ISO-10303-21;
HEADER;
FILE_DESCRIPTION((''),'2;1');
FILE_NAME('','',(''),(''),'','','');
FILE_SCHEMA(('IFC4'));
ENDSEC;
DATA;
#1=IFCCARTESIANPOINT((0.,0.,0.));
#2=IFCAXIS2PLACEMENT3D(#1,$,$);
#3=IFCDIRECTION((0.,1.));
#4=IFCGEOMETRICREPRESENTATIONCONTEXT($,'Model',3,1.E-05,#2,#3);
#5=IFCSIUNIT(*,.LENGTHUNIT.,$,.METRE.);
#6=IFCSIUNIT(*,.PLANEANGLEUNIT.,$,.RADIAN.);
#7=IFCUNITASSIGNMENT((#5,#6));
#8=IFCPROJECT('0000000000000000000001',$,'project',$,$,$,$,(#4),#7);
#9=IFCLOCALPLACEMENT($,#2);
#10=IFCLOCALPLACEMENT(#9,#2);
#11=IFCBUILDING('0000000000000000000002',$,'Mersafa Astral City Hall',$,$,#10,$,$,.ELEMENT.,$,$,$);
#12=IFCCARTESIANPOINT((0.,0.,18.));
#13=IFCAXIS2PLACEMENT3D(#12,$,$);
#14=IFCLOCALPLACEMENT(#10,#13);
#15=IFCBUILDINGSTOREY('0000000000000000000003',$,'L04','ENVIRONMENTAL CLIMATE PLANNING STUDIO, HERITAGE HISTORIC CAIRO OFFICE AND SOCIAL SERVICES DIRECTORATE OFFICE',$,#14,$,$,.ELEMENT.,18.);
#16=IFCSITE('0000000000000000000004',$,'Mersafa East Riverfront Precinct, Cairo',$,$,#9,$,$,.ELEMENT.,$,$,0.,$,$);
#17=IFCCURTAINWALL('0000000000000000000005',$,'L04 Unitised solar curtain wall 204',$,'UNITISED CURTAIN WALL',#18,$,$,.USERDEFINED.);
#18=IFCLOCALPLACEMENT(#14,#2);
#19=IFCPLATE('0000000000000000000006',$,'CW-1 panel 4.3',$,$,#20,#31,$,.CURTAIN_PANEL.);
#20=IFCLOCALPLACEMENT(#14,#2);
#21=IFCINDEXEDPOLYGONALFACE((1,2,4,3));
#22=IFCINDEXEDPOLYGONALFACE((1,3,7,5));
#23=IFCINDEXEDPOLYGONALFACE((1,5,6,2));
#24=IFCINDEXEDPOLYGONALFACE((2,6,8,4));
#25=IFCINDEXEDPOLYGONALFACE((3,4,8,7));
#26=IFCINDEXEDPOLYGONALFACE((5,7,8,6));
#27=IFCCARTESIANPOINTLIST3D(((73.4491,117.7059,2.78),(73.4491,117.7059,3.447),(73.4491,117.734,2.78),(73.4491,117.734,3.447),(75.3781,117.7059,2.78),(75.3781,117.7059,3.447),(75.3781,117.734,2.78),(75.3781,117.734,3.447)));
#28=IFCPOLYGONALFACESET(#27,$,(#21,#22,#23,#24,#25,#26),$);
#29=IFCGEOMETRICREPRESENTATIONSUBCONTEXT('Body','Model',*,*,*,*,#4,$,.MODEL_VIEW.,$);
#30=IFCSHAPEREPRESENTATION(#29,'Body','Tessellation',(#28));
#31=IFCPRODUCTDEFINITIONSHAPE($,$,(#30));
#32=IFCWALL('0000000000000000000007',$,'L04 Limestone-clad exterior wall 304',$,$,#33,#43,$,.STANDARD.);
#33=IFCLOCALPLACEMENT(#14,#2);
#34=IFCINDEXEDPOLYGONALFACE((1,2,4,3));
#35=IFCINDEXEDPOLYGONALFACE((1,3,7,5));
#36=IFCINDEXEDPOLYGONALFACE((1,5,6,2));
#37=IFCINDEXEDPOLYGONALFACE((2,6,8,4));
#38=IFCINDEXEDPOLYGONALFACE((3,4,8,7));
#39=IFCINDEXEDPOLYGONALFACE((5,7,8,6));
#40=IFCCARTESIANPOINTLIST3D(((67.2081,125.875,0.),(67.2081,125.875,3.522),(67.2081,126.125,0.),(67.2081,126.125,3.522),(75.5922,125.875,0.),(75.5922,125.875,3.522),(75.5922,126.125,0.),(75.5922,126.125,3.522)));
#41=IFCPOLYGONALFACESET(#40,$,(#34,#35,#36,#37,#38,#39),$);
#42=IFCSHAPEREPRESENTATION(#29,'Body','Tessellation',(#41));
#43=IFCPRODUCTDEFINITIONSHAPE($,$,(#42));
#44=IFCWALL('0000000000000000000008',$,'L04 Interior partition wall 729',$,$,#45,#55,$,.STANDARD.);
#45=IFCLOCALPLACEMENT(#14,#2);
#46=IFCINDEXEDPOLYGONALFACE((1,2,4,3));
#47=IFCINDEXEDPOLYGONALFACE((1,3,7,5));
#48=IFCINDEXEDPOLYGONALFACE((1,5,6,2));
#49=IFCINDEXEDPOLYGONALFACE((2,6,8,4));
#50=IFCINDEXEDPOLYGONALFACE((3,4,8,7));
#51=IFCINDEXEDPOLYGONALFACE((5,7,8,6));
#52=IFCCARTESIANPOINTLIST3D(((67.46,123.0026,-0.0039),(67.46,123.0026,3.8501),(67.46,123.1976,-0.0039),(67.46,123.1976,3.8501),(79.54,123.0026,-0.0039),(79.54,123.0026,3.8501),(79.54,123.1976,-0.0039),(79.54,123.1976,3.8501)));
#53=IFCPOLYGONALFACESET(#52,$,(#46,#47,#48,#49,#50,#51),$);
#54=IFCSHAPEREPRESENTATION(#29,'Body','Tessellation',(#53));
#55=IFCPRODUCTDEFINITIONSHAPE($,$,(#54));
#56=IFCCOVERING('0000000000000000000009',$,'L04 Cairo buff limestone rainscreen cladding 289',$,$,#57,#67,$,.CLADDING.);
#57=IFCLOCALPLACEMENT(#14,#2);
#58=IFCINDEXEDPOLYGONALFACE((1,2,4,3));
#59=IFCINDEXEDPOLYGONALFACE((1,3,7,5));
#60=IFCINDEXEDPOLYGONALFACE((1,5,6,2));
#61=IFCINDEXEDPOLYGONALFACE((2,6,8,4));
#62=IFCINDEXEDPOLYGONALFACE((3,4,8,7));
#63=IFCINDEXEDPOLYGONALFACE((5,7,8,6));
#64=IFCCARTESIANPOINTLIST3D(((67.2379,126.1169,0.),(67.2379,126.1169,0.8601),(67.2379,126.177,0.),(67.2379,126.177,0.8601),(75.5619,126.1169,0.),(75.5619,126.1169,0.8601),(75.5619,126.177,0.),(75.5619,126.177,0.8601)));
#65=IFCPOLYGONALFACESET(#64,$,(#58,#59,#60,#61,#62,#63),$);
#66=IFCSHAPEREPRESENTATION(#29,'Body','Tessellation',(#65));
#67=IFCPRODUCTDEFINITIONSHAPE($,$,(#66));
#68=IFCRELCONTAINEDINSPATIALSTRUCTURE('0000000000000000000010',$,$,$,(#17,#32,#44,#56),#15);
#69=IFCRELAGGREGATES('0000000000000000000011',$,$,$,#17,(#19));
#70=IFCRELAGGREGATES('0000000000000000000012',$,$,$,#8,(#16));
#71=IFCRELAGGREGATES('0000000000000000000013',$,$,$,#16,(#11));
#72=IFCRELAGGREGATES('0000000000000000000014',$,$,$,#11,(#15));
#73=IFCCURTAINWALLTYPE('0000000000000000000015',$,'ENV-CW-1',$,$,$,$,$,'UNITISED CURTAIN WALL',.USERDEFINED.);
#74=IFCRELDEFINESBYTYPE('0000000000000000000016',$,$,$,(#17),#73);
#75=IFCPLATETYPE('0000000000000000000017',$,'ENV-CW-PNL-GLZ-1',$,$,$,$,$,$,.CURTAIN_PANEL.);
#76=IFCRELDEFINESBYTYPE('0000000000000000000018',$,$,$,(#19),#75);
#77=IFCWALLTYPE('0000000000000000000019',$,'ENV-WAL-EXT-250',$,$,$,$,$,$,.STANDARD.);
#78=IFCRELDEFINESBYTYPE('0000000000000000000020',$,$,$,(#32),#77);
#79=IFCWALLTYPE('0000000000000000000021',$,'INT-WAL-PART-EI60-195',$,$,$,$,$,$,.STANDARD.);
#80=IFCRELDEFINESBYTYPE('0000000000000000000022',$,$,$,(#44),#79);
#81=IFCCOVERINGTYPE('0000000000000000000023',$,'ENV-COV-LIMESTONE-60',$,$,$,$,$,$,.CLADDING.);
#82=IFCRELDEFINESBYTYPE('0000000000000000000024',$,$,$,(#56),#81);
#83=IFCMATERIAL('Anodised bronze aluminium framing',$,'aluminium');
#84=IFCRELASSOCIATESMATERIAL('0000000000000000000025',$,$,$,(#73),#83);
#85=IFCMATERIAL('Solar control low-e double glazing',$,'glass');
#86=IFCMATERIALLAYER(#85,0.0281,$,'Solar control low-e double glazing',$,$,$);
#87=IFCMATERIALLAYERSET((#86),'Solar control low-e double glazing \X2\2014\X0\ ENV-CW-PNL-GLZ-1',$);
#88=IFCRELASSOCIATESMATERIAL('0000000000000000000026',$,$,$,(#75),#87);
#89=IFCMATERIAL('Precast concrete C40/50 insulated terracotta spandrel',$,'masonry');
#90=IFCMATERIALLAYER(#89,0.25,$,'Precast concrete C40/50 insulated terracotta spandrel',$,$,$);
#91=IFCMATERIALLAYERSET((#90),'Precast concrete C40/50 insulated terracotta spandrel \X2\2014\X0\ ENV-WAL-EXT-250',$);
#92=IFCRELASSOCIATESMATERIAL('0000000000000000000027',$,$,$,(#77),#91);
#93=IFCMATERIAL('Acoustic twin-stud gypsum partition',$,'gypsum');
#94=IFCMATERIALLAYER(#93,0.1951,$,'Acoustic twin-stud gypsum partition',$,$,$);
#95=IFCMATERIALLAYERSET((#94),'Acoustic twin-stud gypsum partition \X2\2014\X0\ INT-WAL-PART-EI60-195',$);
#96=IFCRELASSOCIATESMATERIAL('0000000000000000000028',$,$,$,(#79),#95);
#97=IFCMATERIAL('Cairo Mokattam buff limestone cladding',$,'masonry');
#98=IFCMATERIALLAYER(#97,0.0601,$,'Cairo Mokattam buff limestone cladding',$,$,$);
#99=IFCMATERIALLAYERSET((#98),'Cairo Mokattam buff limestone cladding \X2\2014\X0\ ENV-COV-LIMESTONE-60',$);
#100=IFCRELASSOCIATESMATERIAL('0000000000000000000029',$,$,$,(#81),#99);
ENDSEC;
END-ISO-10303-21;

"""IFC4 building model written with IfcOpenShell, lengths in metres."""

from ifc_helpers import new_model, si_unit, direction, frame, frame_2d, origin, origin_2d, place, context, subcontext, project, spatial, rectangle, extrude, material, layer, layer_set, type_object, element, aggregate, save


model = new_model("IFC4")

# Units and contexts
model_context = context("Model", 3, precision=1e-05, world=origin(), true_north=direction((0.0, 1.0)))
body_context = subcontext(model_context, "Body", "Model", "MODEL_VIEW")
ifc_project = project(units=[si_unit("LENGTHUNIT", "METRE"), si_unit("PLANEANGLEUNIT", "RADIAN")], contexts=[model_context])

# Site, building, storey
site_placement = place(None, origin())
site = spatial("IfcSite", under=ifc_project, at=site_placement, Name="Mersafa East Riverfront Precinct, Cairo", CompositionType="ELEMENT", RefElevation=0.0)
building_placement = place(site_placement, origin())
building = spatial("IfcBuilding", under=site, at=building_placement, Name="Mersafa Astral City Hall", CompositionType="ELEMENT")
storey_placement = place(building_placement, frame((0.0, 0.0, 18.0)))
storey = spatial("IfcBuildingStorey", under=building, at=storey_placement, Name="L04", Description="ENVIRONMENTAL CLIMATE PLANNING STUDIO, HERITAGE HISTORIC CAIRO OFFICE AND SOCIAL SERVICES DIRECTORATE OFFICE", CompositionType="ELEMENT", Elevation=18.0)

# Curtain wall
ifc_material_1 = material(Name="Anodised bronze aluminium framing", Category="aluminium")
curtain_wall_type = type_object("IfcCurtainWallType", Name="ENV-CW-1", ElementType="UNITISED CURTAIN WALL", PredefinedType="USERDEFINED", material=ifc_material_1)
curtain_wall_placement = place(storey_placement, origin())
curtain_wall = element("IfcCurtainWall", 1, at=curtain_wall_placement, inside=storey, type_object=curtain_wall_type, Name="L04 Unitised solar curtain wall 204", ObjectType="UNITISED CURTAIN WALL", PredefinedType="USERDEFINED")

# Plate
ifc_material_2 = material(Name="Solar control low-e double glazing", Category="glass")
ifc_layer_1 = layer(ifc_material_2, 0.0281, Name="Solar control low-e double glazing")
ifc_layer_set_1 = layer_set([ifc_layer_1], Name="Solar control low-e double glazing — ENV-CW-PNL-GLZ-1")
plate_type = type_object("IfcPlateType", Name="ENV-CW-PNL-GLZ-1", PredefinedType="CURTAIN_PANEL", material=ifc_layer_set_1)
plate_1_placement = place(storey_placement, frame((74.4136, 117.72, 2.78), z_axis=(0.0, 0.0, 1.0), x_axis=(1.0, 0.0, 0.0)))
plate_1 = element("IfcPlate", 2, at=plate_1_placement, type_object=plate_type, Name="CW-1 panel 4.3", PredefinedType="CURTAIN_PANEL", context=body_context, shape_type="SweptSolid", body=[
    extrude(rectangle(XDim=1.929, YDim=0.0281, at=origin_2d()), origin(), (0.0, 0.0, 1.0), 0.667),
])
aggregate(curtain_wall, [plate_1])

# Walls
ifc_material_3 = material(Name="Precast concrete C40/50 insulated terracotta spandrel", Category="masonry")
ifc_layer_2 = layer(ifc_material_3, 0.25, Name="Precast concrete C40/50 insulated terracotta spandrel")
ifc_layer_set_2 = layer_set([ifc_layer_2], Name="Precast concrete C40/50 insulated terracotta spandrel — ENV-WAL-EXT-250")
wall_type_1 = type_object("IfcWallType", Name="ENV-WAL-EXT-250", PredefinedType="STANDARD", material=ifc_layer_set_2)
wall_1_placement = place(storey_placement, frame((75.592, 126.0, 0.0), z_axis=(0.0, 0.0, 1.0), x_axis=(-1.0, 0.0, 0.0)))
element("IfcWall", 3, at=wall_1_placement, inside=storey, type_object=wall_type_1, Name="L04 Limestone-clad exterior wall 304", PredefinedType="STANDARD", context=body_context, shape_type="SweptSolid", body=[
    extrude(rectangle(XDim=8.384, YDim=0.25, at=frame_2d((4.1919, 0.0))), origin(), (0.0, 0.0, 1.0), 3.522),
])
ifc_material_4 = material(Name="Acoustic twin-stud gypsum partition", Category="gypsum")
ifc_layer_3 = layer(ifc_material_4, 0.1951, Name="Acoustic twin-stud gypsum partition")
ifc_layer_set_3 = layer_set([ifc_layer_3], Name="Acoustic twin-stud gypsum partition — INT-WAL-PART-EI60-195")
wall_type_2 = type_object("IfcWallType", Name="INT-WAL-PART-EI60-195", PredefinedType="STANDARD", material=ifc_layer_set_3)
wall_2_placement = place(storey_placement, frame((67.46, 123.1001, -0.0039), z_axis=(0.0, 0.0, 1.0), x_axis=(1.0, 0.0, 0.0)))
element("IfcWall", 4, at=wall_2_placement, inside=storey, type_object=wall_type_2, Name="L04 Interior partition wall 729", PredefinedType="STANDARD", context=body_context, shape_type="SweptSolid", body=[
    extrude(rectangle(XDim=12.0801, YDim=0.1951, at=frame_2d((6.04, 0.0))), origin(), (0.0, 0.0, 1.0), 3.854),
])

# Covering
ifc_material_5 = material(Name="Cairo Mokattam buff limestone cladding", Category="masonry")
ifc_layer_4 = layer(ifc_material_5, 0.0601, Name="Cairo Mokattam buff limestone cladding")
ifc_layer_set_4 = layer_set([ifc_layer_4], Name="Cairo Mokattam buff limestone cladding — ENV-COV-LIMESTONE-60")
covering_type = type_object("IfcCoveringType", Name="ENV-COV-LIMESTONE-60", PredefinedType="CLADDING", material=ifc_layer_set_4)
covering_placement = place(storey_placement, frame((71.3999, 126.147, 0.0), z_axis=(0.0, 0.0, 1.0), x_axis=(-1.0, 0.0, 0.0)))
element("IfcCovering", 5, at=covering_placement, inside=storey, type_object=covering_type, Name="L04 Cairo buff limestone rainscreen cladding 289", PredefinedType="CLADDING", context=body_context, shape_type="SweptSolid", body=[
    extrude(rectangle(XDim=8.324, YDim=0.0601, at=origin_2d()), origin(), (0.0, 0.0, 1.0), 0.8601),
])

save(model, "model.ifc")
